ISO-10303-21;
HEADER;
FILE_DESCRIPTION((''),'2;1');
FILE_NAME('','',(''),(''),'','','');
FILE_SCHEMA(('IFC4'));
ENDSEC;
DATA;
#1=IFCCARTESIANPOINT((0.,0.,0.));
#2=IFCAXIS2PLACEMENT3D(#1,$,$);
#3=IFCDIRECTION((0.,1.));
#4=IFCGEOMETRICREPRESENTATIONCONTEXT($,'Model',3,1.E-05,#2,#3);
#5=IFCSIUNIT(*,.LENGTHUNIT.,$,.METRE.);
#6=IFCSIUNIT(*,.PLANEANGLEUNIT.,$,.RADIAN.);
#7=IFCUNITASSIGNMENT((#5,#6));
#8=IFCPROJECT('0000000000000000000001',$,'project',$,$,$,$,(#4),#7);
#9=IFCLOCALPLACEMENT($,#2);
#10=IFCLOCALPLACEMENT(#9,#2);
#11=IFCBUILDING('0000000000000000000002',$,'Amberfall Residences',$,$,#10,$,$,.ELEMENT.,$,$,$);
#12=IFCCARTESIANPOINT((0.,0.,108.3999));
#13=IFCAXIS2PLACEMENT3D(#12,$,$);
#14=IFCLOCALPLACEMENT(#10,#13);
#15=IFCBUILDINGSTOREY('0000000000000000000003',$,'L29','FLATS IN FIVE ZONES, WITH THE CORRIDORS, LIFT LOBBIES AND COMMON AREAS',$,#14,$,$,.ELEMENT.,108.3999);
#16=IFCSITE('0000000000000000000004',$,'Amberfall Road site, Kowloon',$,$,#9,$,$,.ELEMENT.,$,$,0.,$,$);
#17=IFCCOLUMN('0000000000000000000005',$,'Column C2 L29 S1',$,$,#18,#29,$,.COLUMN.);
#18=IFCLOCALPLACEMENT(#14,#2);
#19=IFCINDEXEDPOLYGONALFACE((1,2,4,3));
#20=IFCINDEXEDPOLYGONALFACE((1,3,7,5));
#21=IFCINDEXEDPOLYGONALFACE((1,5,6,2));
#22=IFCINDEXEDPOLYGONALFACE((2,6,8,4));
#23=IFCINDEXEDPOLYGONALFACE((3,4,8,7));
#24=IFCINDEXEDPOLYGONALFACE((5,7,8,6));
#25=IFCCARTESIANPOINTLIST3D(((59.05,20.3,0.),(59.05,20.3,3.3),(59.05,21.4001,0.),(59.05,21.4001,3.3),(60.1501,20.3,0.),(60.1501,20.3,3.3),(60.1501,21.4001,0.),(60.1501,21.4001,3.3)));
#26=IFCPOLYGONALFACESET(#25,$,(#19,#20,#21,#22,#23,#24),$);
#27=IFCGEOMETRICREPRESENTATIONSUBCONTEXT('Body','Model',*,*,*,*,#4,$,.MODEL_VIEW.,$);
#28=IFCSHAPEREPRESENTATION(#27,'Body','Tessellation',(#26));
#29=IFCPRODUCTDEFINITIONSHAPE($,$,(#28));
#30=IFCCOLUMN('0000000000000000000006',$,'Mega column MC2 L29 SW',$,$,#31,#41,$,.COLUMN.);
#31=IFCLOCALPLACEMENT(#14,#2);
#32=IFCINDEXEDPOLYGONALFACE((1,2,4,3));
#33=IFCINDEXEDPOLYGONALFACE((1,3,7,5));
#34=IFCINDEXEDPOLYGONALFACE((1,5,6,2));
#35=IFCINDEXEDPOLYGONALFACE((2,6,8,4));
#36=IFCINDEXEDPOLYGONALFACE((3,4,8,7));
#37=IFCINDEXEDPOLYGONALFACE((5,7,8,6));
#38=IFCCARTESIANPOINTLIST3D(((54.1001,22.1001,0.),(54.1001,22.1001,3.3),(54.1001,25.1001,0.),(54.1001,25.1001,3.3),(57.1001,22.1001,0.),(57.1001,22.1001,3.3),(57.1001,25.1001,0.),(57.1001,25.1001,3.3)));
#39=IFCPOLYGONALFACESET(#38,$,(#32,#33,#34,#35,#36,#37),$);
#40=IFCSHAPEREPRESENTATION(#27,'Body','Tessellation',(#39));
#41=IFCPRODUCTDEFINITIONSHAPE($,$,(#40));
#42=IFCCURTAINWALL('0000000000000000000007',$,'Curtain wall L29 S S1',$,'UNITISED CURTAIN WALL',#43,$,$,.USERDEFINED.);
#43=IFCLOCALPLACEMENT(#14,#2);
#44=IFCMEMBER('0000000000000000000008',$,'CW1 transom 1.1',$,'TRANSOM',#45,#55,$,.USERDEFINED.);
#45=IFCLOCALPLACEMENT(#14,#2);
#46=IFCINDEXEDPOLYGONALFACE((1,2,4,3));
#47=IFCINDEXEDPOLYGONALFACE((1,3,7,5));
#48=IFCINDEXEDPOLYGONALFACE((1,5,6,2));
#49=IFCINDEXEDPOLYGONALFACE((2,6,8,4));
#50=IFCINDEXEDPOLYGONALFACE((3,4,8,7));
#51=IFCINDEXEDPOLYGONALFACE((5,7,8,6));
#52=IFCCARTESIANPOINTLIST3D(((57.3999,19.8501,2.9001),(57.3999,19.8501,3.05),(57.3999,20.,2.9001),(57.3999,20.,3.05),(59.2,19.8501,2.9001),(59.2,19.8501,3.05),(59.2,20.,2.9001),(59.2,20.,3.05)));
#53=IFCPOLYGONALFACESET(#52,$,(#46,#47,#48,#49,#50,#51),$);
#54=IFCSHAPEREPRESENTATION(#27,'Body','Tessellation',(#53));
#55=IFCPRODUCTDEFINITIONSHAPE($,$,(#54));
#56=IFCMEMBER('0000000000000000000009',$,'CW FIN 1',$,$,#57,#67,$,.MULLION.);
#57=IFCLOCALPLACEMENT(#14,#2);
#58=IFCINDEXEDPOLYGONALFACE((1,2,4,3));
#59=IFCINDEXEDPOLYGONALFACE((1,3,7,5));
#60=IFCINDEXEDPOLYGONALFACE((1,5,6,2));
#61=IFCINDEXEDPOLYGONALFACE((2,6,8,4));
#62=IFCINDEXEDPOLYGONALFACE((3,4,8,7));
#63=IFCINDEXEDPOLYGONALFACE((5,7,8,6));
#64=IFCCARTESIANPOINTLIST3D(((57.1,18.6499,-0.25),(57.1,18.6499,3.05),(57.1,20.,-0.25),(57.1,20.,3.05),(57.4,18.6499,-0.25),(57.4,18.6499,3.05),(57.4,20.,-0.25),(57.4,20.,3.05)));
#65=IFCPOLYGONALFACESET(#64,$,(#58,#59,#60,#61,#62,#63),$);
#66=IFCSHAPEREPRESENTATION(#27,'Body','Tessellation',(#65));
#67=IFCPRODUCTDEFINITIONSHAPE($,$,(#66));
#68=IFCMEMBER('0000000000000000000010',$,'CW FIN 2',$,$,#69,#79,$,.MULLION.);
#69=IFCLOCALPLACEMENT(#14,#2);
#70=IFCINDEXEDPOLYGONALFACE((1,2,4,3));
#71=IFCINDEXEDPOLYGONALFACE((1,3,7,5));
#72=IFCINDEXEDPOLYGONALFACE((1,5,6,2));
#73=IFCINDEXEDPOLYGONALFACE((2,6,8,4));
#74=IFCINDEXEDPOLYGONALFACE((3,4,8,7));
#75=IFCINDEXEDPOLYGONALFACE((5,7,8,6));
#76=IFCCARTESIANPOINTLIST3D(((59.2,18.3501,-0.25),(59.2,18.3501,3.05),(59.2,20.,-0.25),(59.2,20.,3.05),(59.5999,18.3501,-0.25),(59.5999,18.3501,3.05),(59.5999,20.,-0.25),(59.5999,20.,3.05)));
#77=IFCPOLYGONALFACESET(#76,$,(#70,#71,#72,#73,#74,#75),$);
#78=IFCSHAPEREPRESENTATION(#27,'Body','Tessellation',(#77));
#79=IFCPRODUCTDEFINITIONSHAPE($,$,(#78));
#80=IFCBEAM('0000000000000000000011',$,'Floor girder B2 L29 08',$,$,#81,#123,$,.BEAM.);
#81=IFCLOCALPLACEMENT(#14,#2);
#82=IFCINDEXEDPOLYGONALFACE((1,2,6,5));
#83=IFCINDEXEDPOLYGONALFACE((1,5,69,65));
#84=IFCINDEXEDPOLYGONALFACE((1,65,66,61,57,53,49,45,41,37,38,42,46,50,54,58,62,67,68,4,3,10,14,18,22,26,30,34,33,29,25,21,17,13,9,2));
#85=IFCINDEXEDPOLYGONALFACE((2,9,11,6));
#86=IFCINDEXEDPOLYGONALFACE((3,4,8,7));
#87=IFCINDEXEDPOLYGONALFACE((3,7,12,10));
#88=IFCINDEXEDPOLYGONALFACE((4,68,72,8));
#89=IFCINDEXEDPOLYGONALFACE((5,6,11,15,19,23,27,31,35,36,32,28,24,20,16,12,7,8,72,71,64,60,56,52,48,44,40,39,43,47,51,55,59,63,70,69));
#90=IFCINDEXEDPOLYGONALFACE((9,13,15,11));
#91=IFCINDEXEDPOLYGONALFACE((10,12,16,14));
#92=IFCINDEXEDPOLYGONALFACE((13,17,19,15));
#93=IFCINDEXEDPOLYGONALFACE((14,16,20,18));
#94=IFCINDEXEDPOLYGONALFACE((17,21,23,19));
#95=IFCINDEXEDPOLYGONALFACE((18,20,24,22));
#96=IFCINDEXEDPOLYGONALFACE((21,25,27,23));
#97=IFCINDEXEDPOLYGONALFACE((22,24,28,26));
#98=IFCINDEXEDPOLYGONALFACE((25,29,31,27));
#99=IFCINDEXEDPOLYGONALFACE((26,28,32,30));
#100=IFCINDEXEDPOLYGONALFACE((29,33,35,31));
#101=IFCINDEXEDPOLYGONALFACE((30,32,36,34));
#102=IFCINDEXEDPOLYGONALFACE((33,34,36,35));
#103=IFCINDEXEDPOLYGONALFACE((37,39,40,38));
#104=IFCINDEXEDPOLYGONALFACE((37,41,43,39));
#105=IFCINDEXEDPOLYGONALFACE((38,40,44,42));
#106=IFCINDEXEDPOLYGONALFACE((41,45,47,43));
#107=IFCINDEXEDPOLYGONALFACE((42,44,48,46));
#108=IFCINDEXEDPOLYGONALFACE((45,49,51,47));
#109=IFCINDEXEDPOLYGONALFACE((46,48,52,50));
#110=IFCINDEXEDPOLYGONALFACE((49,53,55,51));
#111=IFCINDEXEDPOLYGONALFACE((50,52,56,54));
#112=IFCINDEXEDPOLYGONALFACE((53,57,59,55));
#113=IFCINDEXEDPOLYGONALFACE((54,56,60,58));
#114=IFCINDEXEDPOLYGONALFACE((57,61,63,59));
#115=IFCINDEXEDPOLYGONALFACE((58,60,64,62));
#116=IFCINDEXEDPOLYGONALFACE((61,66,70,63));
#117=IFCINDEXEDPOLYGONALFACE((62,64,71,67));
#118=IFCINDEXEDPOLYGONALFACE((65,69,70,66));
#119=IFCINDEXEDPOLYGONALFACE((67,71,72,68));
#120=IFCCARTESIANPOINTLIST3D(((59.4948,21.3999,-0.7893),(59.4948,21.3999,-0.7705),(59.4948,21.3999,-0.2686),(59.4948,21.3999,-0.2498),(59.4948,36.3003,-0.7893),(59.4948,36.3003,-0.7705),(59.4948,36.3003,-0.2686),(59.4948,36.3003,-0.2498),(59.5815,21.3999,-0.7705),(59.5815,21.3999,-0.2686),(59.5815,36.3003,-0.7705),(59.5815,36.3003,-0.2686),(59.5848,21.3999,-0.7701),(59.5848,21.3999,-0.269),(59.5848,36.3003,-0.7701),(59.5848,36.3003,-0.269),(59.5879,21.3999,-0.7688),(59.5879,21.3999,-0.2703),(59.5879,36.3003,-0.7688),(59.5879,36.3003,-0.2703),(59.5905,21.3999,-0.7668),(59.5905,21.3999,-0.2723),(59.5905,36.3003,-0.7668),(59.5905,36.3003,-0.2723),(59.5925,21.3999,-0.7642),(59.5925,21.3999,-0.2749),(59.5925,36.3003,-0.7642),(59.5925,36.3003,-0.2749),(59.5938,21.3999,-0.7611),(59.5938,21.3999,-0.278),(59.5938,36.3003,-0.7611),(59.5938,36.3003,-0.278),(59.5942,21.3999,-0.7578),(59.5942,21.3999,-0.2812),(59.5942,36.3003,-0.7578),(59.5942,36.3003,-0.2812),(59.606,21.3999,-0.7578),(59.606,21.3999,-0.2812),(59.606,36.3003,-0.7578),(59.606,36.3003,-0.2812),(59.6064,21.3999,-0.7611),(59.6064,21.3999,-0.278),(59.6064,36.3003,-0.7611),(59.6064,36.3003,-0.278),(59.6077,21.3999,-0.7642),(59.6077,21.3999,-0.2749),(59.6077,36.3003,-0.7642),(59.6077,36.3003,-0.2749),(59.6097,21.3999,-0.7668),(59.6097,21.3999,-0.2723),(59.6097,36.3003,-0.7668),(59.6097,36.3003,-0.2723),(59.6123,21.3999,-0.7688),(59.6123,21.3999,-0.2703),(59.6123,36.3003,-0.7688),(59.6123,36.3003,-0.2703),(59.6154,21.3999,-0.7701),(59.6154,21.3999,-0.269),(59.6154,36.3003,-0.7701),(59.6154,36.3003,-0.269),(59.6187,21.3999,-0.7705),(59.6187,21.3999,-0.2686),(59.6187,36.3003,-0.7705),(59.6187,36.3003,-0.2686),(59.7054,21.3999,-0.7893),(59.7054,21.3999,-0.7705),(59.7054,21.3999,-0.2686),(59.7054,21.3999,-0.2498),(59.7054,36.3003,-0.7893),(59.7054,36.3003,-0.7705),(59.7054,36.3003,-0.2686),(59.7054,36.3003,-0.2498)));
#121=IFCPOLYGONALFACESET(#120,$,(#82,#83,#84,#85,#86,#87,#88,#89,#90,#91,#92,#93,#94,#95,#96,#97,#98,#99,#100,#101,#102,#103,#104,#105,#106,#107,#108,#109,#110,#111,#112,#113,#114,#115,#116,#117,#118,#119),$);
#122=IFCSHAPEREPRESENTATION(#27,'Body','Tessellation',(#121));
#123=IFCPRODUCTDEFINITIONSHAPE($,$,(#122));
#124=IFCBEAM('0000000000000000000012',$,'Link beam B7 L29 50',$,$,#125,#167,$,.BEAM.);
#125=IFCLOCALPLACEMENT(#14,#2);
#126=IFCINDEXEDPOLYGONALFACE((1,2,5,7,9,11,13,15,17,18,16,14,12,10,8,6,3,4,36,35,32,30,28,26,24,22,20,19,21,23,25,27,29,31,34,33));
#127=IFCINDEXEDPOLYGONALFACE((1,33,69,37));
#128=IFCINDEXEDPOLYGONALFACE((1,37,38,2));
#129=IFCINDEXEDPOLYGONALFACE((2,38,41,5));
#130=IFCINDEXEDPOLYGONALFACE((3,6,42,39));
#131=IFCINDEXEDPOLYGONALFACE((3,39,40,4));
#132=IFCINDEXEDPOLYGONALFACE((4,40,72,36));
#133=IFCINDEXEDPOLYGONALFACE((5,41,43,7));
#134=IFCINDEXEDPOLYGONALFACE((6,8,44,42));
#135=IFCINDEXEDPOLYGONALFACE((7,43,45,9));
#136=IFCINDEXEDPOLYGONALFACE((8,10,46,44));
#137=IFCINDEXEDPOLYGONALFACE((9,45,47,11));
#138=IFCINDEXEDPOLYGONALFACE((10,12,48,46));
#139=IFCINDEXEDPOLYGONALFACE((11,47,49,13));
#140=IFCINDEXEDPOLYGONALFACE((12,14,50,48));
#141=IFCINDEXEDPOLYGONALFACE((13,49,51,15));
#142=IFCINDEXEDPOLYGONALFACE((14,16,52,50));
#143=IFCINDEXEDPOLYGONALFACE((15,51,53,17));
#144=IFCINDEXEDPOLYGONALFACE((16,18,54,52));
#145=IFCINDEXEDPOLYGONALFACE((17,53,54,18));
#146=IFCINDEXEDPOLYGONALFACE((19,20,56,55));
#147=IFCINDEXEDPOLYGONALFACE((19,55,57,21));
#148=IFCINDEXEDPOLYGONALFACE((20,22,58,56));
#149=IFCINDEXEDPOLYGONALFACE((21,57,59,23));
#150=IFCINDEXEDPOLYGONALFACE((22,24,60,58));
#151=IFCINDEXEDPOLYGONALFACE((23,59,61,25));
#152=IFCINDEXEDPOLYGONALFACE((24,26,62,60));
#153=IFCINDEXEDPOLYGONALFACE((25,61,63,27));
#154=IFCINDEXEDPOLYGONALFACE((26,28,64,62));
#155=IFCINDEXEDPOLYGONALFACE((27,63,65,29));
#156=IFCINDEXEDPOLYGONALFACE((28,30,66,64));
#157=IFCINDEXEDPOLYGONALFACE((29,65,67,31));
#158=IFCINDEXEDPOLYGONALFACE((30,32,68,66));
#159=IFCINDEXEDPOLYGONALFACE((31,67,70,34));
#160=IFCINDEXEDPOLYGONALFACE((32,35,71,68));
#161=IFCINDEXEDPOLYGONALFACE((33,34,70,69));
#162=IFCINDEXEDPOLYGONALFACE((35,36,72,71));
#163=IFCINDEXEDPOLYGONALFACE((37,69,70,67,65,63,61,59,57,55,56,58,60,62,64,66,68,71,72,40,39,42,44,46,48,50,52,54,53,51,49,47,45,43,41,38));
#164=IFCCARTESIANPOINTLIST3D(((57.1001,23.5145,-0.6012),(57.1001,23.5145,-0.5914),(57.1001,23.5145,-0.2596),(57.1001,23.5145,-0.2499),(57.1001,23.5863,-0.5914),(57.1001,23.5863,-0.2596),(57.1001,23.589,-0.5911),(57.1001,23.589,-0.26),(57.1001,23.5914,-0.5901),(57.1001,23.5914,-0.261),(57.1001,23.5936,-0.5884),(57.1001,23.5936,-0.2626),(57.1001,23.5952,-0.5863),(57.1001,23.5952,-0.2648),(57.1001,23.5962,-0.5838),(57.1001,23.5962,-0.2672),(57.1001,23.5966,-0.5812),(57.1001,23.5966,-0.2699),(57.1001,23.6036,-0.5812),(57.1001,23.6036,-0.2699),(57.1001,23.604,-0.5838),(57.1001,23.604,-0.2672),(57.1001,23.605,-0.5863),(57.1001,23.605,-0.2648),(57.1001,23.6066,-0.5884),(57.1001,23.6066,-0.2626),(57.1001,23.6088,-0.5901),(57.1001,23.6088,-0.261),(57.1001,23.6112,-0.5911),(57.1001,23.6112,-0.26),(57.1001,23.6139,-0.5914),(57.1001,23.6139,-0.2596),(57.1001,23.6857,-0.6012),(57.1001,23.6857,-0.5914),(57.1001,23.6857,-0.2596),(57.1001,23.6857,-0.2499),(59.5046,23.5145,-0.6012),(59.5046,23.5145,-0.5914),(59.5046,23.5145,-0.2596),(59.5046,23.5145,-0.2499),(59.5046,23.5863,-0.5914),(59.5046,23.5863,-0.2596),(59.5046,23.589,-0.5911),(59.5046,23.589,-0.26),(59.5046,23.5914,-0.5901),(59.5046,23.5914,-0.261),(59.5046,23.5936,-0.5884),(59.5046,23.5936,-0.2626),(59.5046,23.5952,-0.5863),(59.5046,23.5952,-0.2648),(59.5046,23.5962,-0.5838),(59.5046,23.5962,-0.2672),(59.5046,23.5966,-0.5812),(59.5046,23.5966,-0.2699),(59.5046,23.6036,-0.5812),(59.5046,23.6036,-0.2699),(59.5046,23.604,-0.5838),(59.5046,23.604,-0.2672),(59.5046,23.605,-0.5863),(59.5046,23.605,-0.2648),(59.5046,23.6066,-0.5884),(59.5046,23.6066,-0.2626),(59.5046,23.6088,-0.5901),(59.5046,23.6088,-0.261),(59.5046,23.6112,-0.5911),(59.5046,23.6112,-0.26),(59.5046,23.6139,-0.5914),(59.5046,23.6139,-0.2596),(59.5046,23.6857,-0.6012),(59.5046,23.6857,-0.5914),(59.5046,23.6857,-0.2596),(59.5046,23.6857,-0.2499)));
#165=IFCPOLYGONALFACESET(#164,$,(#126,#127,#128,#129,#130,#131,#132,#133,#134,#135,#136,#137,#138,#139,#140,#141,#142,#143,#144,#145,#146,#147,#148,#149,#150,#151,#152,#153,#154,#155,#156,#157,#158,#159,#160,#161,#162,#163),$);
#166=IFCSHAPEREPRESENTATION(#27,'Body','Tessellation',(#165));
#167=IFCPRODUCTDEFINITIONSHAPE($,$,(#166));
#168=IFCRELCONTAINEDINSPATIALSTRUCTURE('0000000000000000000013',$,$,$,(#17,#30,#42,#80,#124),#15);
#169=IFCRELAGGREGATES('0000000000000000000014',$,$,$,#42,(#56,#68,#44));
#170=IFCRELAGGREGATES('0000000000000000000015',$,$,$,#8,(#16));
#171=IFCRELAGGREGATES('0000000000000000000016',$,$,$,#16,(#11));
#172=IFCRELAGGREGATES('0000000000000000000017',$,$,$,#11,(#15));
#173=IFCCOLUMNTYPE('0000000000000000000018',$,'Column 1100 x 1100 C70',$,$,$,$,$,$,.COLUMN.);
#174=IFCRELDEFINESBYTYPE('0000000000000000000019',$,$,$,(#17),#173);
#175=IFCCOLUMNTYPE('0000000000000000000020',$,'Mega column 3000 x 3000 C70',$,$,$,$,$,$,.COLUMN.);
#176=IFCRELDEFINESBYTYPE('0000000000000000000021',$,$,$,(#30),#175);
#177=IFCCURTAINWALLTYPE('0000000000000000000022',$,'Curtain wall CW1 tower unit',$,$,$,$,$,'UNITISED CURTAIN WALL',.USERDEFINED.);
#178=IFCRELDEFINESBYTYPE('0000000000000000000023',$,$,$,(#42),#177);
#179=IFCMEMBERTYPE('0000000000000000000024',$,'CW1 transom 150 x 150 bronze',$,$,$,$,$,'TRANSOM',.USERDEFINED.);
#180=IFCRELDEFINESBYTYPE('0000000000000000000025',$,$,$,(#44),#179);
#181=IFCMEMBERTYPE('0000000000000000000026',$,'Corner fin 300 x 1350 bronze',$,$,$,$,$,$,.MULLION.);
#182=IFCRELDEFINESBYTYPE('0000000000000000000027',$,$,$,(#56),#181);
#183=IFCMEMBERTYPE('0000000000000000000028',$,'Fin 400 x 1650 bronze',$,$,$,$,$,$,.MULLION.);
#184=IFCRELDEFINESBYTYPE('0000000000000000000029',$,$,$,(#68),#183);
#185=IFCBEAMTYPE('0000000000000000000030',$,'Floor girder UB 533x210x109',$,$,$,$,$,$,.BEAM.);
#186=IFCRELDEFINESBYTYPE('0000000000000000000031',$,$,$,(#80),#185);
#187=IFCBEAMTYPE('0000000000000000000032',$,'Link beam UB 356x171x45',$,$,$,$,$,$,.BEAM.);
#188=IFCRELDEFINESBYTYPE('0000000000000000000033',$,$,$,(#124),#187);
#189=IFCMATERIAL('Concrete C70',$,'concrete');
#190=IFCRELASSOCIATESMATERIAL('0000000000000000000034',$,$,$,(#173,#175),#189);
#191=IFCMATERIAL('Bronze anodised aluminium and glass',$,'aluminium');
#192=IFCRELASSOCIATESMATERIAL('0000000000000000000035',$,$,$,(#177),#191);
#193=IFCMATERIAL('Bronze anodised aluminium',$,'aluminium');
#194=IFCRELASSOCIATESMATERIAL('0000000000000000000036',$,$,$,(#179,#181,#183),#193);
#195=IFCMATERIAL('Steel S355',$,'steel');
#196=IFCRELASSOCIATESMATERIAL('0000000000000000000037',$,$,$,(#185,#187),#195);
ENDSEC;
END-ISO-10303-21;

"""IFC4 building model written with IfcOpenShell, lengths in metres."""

from ifc_helpers import new_model, si_unit, direction, frame, origin, origin_2d, place, context, subcontext, project, spatial, rectangle, i_section, extrude, material, material_profile, profile_set, type_object, element, aggregate, save


model = new_model("IFC4")

# Units and contexts
model_context = context("Model", 3, precision=1e-05, world=origin(), true_north=direction((0.0, 1.0)))
body_context = subcontext(model_context, "Body", "Model", "MODEL_VIEW")
ifc_project = project(units=[si_unit("LENGTHUNIT", "METRE"), si_unit("PLANEANGLEUNIT", "RADIAN")], contexts=[model_context])

# Site, building, storey
site_placement = place(None, origin())
site = spatial("IfcSite", under=ifc_project, at=site_placement, Name="Amberfall Road site, Kowloon", CompositionType="ELEMENT", RefElevation=0.0)
building_placement = place(site_placement, origin())
building = spatial("IfcBuilding", under=site, at=building_placement, Name="Amberfall Residences", CompositionType="ELEMENT")
storey_placement = place(building_placement, frame((0.0, 0.0, 108.3999)))
storey = spatial("IfcBuildingStorey", under=building, at=storey_placement, Name="L29", Description="FLATS IN FIVE ZONES, WITH THE CORRIDORS, LIFT LOBBIES AND COMMON AREAS", CompositionType="ELEMENT", Elevation=108.3999)

# Columns
ifc_material_1 = material(Name="Concrete C70", Category="concrete")
ifc_material_profile_1 = material_profile(ifc_material_1, rectangle(XDim=1.1001, YDim=1.1001, at=origin_2d()), Name="Column 1100 x 1100 C70")
ifc_profile_set_1 = profile_set([ifc_material_profile_1], Name="Concrete C70")
column_type_1 = type_object("IfcColumnType", Name="Column 1100 x 1100 C70", PredefinedType="COLUMN", material=ifc_profile_set_1)
column_1_placement = place(storey_placement, frame((59.6001, 20.8501, 0.0), z_axis=(0.0, 0.0, 1.0), x_axis=(1.0, 0.0, 0.0)))
element("IfcColumn", 1, at=column_1_placement, inside=storey, type_object=column_type_1, Name="Column C2 L29 S1", PredefinedType="COLUMN", context=body_context, shape_type="SweptSolid", body=[
    extrude(rectangle(XDim=1.1001, YDim=1.1001, at=origin_2d()), origin(), (0.0, 0.0, 1.0), 3.3),
])
ifc_material_profile_2 = material_profile(ifc_material_1, rectangle(XDim=3.0, YDim=3.0, at=origin_2d()), Name="Mega column 3000 x 3000 C70")
ifc_profile_set_2 = profile_set([ifc_material_profile_2], Name="Concrete C70")
column_type_2 = type_object("IfcColumnType", Name="Mega column 3000 x 3000 C70", PredefinedType="COLUMN", material=ifc_profile_set_2)
column_2_placement = place(storey_placement, frame((55.6001, 23.6001, 0.0), z_axis=(0.0, 0.0, 1.0), x_axis=(1.0, 0.0, 0.0)))
element("IfcColumn", 2, at=column_2_placement, inside=storey, type_object=column_type_2, Name="Mega column MC2 L29 SW", PredefinedType="COLUMN", context=body_context, shape_type="SweptSolid", body=[
    extrude(rectangle(XDim=3.0, YDim=3.0, at=origin_2d()), origin(), (0.0, 0.0, 1.0), 3.3),
])

# Curtain wall, members
ifc_material_2 = material(Name="Bronze anodised aluminium and glass", Category="aluminium")
curtain_wall_type = type_object("IfcCurtainWallType", Name="Curtain wall CW1 tower unit", ElementType="UNITISED CURTAIN WALL", PredefinedType="USERDEFINED", material=ifc_material_2)
curtain_wall_placement = place(storey_placement, origin())
curtain_wall = element("IfcCurtainWall", 3, at=curtain_wall_placement, inside=storey, type_object=curtain_wall_type, Name="Curtain wall L29 S S1", ObjectType="UNITISED CURTAIN WALL", PredefinedType="USERDEFINED")
ifc_material_3 = material(Name="Bronze anodised aluminium", Category="aluminium")
ifc_material_profile_3 = material_profile(ifc_material_3, rectangle(XDim=0.1499, YDim=0.1499, at=origin_2d()), Name="CW1 transom 150 x 150 bronze")
ifc_profile_set_3 = profile_set([ifc_material_profile_3], Name="Bronze anodised aluminium")
member_type_1 = type_object("IfcMemberType", Name="CW1 transom 150 x 150 bronze", ElementType="TRANSOM", PredefinedType="USERDEFINED", material=ifc_profile_set_3)
member_1_placement = place(storey_placement, frame((57.3999, 19.925, 2.9751), z_axis=(1.0, 0.0, 0.0), x_axis=(0.0, 1.0, 0.0)))
member_1 = element("IfcMember", 4, at=member_1_placement, type_object=member_type_1, Name="CW1 transom 1.1", ObjectType="TRANSOM", PredefinedType="USERDEFINED", context=body_context, shape_type="SweptSolid", body=[
    extrude(rectangle(XDim=0.1499, YDim=0.1499, at=origin_2d()), origin(), (0.0, 0.0, 1.0), 1.8),
])
ifc_material_profile_4 = material_profile(ifc_material_3, rectangle(XDim=1.3501, YDim=0.3, at=origin_2d()), Name="Corner fin 300 x 1350 bronze")
ifc_profile_set_4 = profile_set([ifc_material_profile_4], Name="Bronze anodised aluminium")
member_type_2 = type_object("IfcMemberType", Name="Corner fin 300 x 1350 bronze", PredefinedType="MULLION", material=ifc_profile_set_4)
member_2_placement = place(storey_placement, frame((57.25, 19.325, -0.25), z_axis=(0.0, 0.0, 1.0), x_axis=(0.0, 1.0, 0.0)))
member_2 = element("IfcMember", 5, at=member_2_placement, type_object=member_type_2, Name="CW FIN 1", PredefinedType="MULLION", context=body_context, shape_type="SweptSolid", body=[
    extrude(rectangle(XDim=1.3501, YDim=0.3, at=origin_2d()), origin(), (0.0, 0.0, 1.0), 3.3),
])
ifc_material_profile_5 = material_profile(ifc_material_3, rectangle(XDim=1.6499, YDim=0.3999, at=origin_2d()), Name="Fin 400 x 1650 bronze")
ifc_profile_set_5 = profile_set([ifc_material_profile_5], Name="Bronze anodised aluminium")
member_type_3 = type_object("IfcMemberType", Name="Fin 400 x 1650 bronze", PredefinedType="MULLION", material=ifc_profile_set_5)
member_3_placement = place(storey_placement, frame((59.3999, 19.175, -0.25), z_axis=(0.0, 0.0, 1.0), x_axis=(0.0, 1.0, 0.0)))
member_3 = element("IfcMember", 6, at=member_3_placement, type_object=member_type_3, Name="CW FIN 2", PredefinedType="MULLION", context=body_context, shape_type="SweptSolid", body=[
    extrude(rectangle(XDim=1.6499, YDim=0.3999, at=origin_2d()), origin(), (0.0, 0.0, 1.0), 3.3),
])

# Beams
ifc_material_4 = material(Name="Steel S355", Category="steel")
ifc_material_profile_6 = material_profile(ifc_material_4, i_section(OverallWidth=0.2107, OverallDepth=0.5396, WebThickness=0.0117, FlangeThickness=0.0188, FilletRadius=0.0127, at=origin_2d()), Name="UB 533x210x109")
ifc_profile_set_6 = profile_set([ifc_material_profile_6], Name="Steel S355")
beam_type_1 = type_object("IfcBeamType", Name="Floor girder UB 533x210x109", PredefinedType="BEAM", material=ifc_profile_set_6)
beam_1_placement = place(storey_placement, frame((59.6001, 21.3999, -0.5195), z_axis=(0.0, 1.0, 0.0), x_axis=(-1.0, 0.0, 0.0)))
element("IfcBeam", 7, at=beam_1_placement, inside=storey, type_object=beam_type_1, Name="Floor girder B2 L29 08", PredefinedType="BEAM", context=body_context, shape_type="SweptSolid", body=[
    extrude(i_section(OverallWidth=0.2107, OverallDepth=0.5396, WebThickness=0.0117, FlangeThickness=0.0188, FilletRadius=0.0127, at=origin_2d()), origin(), (0.0, 0.0, 1.0), 14.9004),
])
ifc_material_profile_7 = material_profile(ifc_material_4, i_section(OverallWidth=0.1711, OverallDepth=0.3513, WebThickness=0.0071, FlangeThickness=0.0098, FilletRadius=0.0103, at=origin_2d()), Name="UB 356x171x45")
ifc_profile_set_7 = profile_set([ifc_material_profile_7], Name="Steel S355")
beam_type_2 = type_object("IfcBeamType", Name="Link beam UB 356x171x45", PredefinedType="BEAM", material=ifc_profile_set_7)
beam_2_placement = place(storey_placement, frame((57.1001, 23.6001, -0.4255), z_axis=(1.0, 0.0, 0.0), x_axis=(0.0, 1.0, 0.0)))
element("IfcBeam", 8, at=beam_2_placement, inside=storey, type_object=beam_type_2, Name="Link beam B7 L29 50", PredefinedType="BEAM", context=body_context, shape_type="SweptSolid", body=[
    extrude(i_section(OverallWidth=0.1711, OverallDepth=0.3513, WebThickness=0.0071, FlangeThickness=0.0098, FilletRadius=0.0103, at=origin_2d()), origin(), (0.0, 0.0, 1.0), 2.4045),
])

aggregate(curtain_wall, [member_2, member_3, member_1])

save(model, "model.ifc")
